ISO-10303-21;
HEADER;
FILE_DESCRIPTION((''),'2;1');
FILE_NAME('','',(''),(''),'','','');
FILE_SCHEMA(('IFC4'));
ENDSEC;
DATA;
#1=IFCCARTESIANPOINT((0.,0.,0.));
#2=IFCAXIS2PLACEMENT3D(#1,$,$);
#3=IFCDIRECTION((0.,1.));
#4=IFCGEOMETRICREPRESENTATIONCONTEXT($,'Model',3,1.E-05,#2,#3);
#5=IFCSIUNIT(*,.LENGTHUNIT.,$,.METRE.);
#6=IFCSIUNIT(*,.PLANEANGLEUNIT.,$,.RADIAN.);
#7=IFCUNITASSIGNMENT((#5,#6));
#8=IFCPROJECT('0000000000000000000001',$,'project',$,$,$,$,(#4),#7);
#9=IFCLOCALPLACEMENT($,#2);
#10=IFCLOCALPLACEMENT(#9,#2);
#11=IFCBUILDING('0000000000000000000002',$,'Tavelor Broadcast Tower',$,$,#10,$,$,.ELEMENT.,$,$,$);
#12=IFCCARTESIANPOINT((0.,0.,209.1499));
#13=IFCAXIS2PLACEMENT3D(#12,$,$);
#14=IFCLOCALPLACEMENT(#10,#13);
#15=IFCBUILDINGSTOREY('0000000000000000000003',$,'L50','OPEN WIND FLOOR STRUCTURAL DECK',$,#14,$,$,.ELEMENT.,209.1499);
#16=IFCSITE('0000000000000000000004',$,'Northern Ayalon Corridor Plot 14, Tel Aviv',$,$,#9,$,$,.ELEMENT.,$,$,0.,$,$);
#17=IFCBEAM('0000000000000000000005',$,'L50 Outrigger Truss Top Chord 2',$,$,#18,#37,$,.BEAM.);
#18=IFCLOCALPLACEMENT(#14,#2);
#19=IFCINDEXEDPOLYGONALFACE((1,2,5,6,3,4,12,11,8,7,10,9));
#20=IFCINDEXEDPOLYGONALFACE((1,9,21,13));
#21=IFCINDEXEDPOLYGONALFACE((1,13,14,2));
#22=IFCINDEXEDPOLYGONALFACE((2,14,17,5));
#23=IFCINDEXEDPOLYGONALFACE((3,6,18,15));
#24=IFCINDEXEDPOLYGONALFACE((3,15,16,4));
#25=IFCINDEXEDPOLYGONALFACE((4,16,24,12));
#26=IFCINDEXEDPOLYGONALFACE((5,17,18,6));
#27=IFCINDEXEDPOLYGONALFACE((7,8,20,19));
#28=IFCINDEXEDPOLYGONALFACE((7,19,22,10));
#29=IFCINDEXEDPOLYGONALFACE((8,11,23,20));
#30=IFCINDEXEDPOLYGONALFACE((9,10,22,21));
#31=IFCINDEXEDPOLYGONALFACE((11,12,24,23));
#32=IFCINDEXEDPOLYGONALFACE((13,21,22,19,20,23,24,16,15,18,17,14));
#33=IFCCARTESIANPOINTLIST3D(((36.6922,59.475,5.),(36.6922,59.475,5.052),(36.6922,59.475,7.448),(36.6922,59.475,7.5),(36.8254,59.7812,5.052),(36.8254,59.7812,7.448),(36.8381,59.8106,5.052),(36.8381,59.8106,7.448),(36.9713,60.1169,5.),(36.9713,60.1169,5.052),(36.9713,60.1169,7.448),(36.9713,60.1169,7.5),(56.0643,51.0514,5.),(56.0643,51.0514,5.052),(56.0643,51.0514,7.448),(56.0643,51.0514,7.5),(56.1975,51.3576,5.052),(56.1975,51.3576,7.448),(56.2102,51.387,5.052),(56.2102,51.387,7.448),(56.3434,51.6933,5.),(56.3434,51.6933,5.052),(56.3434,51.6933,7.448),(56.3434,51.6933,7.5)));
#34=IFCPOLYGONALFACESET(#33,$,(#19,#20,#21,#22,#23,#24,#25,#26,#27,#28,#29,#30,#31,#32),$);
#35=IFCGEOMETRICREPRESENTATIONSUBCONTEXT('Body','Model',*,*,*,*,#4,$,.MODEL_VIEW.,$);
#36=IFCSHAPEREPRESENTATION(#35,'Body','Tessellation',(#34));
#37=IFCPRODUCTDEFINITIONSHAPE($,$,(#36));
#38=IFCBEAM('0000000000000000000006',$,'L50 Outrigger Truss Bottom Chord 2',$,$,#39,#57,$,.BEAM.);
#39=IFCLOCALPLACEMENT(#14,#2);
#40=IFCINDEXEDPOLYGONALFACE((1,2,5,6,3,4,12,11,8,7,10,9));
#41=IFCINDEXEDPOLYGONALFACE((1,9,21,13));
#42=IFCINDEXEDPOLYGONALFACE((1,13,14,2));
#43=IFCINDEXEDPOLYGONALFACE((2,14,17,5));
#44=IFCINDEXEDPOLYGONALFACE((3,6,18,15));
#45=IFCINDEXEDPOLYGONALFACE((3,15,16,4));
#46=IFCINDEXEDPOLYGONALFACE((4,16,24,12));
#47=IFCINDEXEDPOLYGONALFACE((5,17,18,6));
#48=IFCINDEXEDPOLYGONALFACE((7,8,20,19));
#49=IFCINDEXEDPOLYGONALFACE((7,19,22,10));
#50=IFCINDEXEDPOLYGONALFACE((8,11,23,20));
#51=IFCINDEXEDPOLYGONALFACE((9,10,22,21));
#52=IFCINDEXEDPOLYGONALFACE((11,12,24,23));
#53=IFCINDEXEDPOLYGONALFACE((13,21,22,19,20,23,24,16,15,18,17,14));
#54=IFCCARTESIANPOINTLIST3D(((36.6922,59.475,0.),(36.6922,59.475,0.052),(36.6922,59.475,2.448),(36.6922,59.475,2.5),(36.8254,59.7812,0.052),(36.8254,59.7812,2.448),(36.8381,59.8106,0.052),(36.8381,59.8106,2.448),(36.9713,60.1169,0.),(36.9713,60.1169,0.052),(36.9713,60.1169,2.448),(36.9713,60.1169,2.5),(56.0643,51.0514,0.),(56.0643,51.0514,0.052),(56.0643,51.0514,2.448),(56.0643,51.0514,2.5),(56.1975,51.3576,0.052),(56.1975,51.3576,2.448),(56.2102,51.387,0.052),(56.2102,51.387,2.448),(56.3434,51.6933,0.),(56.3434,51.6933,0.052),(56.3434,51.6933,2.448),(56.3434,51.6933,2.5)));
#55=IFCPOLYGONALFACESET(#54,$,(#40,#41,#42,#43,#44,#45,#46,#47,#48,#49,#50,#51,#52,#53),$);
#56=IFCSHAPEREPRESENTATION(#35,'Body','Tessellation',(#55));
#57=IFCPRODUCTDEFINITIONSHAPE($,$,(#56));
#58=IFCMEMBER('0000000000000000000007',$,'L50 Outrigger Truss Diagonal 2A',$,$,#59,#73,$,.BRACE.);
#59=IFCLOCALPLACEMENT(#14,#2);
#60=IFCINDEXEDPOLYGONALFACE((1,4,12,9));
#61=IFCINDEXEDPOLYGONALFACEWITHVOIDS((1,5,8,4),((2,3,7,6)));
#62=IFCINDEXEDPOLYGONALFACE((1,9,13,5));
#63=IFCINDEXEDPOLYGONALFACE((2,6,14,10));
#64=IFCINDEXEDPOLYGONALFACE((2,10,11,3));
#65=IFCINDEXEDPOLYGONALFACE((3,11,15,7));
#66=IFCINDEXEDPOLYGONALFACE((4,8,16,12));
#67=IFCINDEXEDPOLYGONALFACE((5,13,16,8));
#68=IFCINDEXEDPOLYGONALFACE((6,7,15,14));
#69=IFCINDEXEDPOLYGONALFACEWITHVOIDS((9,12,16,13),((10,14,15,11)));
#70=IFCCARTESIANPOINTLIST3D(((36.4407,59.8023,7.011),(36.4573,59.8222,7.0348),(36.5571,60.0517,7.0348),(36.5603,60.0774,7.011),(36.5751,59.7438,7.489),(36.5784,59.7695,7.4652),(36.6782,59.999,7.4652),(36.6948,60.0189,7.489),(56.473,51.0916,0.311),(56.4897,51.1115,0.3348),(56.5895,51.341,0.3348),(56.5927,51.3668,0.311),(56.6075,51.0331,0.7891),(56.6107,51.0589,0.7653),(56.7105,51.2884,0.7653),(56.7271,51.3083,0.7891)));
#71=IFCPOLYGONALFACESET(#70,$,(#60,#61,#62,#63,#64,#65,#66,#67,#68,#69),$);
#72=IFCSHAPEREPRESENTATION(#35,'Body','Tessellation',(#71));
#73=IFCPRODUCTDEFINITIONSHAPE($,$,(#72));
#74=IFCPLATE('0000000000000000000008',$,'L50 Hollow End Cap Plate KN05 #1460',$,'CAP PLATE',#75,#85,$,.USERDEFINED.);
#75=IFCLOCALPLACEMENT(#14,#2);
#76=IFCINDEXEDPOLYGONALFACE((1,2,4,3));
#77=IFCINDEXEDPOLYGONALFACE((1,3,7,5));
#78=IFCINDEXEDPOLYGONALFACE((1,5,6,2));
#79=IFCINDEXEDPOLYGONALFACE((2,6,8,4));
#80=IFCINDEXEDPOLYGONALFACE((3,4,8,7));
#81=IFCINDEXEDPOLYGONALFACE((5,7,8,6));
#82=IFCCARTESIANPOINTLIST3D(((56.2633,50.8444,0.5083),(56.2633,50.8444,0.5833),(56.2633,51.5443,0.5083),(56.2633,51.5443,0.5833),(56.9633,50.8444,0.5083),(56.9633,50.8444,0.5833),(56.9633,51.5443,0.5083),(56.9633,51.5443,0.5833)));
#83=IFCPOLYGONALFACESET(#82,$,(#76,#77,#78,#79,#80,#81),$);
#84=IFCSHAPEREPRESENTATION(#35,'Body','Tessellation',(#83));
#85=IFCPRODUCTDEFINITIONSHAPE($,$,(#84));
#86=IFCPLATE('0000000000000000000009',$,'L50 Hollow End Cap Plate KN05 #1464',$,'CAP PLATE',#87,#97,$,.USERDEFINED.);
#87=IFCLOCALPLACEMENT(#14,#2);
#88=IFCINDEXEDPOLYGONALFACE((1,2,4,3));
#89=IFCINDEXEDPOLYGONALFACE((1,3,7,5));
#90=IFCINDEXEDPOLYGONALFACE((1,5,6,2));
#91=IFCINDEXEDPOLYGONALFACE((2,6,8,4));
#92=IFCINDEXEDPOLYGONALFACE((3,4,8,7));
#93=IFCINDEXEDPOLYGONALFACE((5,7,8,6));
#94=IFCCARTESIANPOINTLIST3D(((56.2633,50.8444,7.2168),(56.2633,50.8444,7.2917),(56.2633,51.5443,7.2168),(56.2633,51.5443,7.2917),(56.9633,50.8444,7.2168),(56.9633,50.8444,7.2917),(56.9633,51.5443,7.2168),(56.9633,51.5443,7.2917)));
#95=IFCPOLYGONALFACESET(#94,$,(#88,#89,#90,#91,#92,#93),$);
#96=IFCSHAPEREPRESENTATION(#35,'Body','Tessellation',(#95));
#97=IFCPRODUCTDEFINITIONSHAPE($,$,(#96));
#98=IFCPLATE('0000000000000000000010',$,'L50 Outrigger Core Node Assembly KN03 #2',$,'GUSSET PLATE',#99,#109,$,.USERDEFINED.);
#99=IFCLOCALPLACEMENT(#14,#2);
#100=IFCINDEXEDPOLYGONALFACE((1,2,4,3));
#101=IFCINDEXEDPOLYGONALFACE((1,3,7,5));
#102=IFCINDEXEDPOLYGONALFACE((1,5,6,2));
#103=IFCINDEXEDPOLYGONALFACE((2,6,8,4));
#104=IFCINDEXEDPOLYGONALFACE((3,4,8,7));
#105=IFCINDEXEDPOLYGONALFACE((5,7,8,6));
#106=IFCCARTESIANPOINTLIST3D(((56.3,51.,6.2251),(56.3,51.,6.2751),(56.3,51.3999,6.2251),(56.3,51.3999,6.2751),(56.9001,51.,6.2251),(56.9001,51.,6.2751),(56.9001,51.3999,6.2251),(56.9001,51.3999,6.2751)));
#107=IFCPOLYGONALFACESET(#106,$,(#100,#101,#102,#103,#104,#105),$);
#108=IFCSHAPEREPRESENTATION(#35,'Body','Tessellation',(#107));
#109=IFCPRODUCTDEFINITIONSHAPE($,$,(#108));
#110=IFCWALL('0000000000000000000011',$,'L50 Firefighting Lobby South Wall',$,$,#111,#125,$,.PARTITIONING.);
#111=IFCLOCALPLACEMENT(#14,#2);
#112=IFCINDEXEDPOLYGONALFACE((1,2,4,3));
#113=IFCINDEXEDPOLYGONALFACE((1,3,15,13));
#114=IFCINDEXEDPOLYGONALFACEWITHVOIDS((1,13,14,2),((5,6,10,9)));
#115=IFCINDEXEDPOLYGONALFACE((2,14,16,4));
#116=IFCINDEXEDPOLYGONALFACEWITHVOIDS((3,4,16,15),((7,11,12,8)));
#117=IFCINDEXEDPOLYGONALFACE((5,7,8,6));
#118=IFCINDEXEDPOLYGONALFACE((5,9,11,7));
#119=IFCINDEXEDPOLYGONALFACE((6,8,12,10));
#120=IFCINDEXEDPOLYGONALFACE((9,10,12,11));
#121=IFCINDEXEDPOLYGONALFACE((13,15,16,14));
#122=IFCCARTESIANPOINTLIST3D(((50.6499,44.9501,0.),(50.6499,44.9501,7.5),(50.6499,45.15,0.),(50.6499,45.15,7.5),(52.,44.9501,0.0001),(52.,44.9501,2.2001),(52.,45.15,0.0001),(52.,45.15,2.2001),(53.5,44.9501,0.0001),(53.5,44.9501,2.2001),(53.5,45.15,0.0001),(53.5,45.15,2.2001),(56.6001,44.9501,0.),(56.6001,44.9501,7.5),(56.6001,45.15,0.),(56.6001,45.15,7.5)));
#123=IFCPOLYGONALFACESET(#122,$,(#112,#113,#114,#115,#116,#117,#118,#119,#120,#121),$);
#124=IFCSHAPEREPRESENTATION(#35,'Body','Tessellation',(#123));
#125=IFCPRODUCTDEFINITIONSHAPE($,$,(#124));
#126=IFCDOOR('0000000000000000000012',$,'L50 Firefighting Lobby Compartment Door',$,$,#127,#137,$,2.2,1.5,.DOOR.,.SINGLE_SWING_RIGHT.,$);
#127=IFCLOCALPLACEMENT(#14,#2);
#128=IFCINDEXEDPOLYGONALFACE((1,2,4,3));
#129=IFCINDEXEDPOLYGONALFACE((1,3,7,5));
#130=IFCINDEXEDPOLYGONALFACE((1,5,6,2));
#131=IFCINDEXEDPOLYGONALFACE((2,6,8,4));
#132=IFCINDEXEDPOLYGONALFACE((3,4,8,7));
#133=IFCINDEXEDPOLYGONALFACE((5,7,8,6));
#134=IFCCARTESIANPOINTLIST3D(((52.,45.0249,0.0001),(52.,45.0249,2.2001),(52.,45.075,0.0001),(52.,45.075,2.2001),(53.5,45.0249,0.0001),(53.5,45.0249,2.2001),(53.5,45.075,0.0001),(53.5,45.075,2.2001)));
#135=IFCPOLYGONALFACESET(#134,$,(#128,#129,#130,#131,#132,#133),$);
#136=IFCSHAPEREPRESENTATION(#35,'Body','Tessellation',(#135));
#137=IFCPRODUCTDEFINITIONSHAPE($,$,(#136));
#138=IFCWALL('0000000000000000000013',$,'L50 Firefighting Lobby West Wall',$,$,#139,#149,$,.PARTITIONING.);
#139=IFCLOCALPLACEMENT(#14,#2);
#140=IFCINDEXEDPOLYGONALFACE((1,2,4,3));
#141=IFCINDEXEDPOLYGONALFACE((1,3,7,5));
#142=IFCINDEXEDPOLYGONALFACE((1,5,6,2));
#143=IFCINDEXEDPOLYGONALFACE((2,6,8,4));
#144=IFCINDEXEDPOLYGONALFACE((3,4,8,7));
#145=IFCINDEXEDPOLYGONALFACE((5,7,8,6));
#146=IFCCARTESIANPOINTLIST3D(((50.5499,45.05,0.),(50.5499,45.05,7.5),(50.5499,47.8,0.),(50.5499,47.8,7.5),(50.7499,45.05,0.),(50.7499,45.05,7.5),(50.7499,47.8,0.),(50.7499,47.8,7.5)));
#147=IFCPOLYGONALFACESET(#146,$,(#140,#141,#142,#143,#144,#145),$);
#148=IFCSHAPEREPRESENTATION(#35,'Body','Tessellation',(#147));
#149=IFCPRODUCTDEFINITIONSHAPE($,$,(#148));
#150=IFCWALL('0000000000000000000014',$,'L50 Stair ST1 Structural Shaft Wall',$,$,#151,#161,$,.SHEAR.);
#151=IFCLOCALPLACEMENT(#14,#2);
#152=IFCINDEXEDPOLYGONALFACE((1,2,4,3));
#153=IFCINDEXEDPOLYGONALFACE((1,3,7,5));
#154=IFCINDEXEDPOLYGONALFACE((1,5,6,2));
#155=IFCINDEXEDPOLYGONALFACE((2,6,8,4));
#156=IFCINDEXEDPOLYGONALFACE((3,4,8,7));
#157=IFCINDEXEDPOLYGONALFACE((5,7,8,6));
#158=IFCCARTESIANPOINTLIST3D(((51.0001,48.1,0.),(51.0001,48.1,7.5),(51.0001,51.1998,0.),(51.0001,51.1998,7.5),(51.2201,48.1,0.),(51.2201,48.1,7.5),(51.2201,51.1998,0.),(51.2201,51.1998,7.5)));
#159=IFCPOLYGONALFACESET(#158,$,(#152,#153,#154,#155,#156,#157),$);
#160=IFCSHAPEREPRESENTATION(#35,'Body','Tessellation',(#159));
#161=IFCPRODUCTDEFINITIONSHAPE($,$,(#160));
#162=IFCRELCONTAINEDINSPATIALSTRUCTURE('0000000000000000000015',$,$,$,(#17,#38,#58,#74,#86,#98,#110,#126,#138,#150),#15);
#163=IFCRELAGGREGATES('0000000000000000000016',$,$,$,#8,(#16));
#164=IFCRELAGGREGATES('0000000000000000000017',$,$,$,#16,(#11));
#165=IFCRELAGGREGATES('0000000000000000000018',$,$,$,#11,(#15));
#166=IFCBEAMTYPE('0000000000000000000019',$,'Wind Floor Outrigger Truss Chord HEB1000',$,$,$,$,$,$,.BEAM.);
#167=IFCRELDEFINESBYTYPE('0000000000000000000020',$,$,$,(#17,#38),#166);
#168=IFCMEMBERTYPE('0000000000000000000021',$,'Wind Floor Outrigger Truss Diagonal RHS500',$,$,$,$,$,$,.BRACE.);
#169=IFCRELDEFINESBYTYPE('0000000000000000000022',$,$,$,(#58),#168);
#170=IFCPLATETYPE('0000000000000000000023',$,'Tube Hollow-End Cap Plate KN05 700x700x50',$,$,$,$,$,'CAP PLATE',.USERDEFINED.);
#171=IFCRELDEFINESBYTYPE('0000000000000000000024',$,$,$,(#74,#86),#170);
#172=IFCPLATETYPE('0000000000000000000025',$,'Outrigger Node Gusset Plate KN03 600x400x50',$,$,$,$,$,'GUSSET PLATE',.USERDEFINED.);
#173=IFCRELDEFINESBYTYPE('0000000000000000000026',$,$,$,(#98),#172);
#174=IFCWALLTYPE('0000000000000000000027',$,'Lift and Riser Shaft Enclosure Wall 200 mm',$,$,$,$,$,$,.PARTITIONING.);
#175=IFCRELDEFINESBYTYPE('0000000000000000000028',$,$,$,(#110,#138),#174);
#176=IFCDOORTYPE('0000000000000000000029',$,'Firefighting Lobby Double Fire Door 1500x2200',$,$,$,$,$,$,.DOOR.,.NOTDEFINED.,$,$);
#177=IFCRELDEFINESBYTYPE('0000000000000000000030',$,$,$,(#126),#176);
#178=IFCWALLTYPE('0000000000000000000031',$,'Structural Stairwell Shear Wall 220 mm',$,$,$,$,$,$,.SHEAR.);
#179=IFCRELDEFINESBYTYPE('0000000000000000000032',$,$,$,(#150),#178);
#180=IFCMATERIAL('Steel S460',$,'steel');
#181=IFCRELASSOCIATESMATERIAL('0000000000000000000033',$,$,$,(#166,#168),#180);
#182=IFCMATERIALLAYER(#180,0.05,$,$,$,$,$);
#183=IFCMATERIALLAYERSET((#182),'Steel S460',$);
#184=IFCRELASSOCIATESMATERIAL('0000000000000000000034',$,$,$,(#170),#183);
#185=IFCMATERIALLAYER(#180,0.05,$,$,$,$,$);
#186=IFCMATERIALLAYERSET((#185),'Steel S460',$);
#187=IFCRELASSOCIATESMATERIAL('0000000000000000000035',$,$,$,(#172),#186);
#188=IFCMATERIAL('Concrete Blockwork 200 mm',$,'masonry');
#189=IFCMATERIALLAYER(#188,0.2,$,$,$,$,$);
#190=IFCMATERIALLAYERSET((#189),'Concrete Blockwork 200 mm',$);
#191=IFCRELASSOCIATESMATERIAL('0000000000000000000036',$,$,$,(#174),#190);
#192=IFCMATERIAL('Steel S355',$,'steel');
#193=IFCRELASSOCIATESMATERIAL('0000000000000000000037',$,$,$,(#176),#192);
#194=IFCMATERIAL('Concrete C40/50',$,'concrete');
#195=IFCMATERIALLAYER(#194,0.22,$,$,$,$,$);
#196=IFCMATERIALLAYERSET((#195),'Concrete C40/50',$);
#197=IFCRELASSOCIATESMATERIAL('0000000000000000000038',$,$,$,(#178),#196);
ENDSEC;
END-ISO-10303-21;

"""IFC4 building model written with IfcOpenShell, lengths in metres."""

from ifc_helpers import new_model, si_unit, direction, frame, frame_2d, origin, origin_2d, place, context, subcontext, project, spatial, rectangle, hollow_rectangle, i_section, extrude, source, transform, mapped, material, layer, layer_set, material_profile, profile_set, type_object, type_shapes, element, fill, save


model = new_model("IFC4")

# Units and contexts
model_context = context("Model", 3, precision=1e-05, world=origin(), true_north=direction((0.0, 1.0)))
body_context = subcontext(model_context, "Body", "Model", "MODEL_VIEW")
ifc_project = project(units=[si_unit("LENGTHUNIT", "METRE"), si_unit("PLANEANGLEUNIT", "RADIAN")], contexts=[model_context])

# Site, building, storey
site_placement = place(None, origin())
site = spatial("IfcSite", under=ifc_project, at=site_placement, Name="Northern Ayalon Corridor Plot 14, Tel Aviv", CompositionType="ELEMENT", RefElevation=0.0)
building_placement = place(site_placement, origin())
building = spatial("IfcBuilding", under=site, at=building_placement, Name="Tavelor Broadcast Tower", CompositionType="ELEMENT")
storey_placement = place(building_placement, frame((0.0, 0.0, 209.1499)))
storey = spatial("IfcBuildingStorey", under=building, at=storey_placement, Name="L50", Description="OPEN WIND FLOOR STRUCTURAL DECK", CompositionType="ELEMENT", Elevation=209.1499)

# Beams
ifc_material_1 = material(Name="Concrete C40/50", Category="concrete")
ifc_material_2 = material(Name="Steel S460", Category="steel")
ifc_material_3 = material(Name="Steel S355", Category="steel")
ifc_material_profile_1 = material_profile(ifc_material_2, i_section(OverallWidth=0.7, OverallDepth=2.5, WebThickness=0.032, FlangeThickness=0.052, at=origin_2d()), Name="PG 2500x700")
ifc_profile_set_1 = profile_set([ifc_material_profile_1], Name="Steel S460")
beam_type_1 = type_object("IfcBeamType", Name="Wind Floor Outrigger Truss Chord HEB1000", PredefinedType="BEAM", material=ifc_profile_set_1)
for number, where, z_axis, x_axis, name in (
    (1, (56.2039, 51.3723, 6.25), (-0.917054, 0.398764, 0.0), (-0.398764, -0.917054, 0.0), "L50 Outrigger Truss Top Chord 2"),
    (2, (56.2039, 51.3723, 1.25), (-0.917054, 0.398764, 0.0), (-0.398764, -0.917054, 0.0), "L50 Outrigger Truss Bottom Chord 2"),
):
    element("IfcBeam", number, at=place(storey_placement, frame(where, z_axis=z_axis, x_axis=x_axis)), inside=storey, type_object=beam_type_1, Name=name, PredefinedType="BEAM", context=body_context, shape_type="SweptSolid", body=[
        extrude(i_section(OverallWidth=0.7, OverallDepth=2.5, WebThickness=0.032, FlangeThickness=0.052, at=origin_2d()), origin(), (0.0, 0.0, 1.0), 21.1243),
    ])

# Member
ifc_material_profile_2 = material_profile(ifc_material_2, hollow_rectangle(XDim=0.3, YDim=0.5, WallThickness=0.0249, at=origin_2d()), Name="RHS 500x300x25")
ifc_profile_set_2 = profile_set([ifc_material_profile_2], Name="Steel S460")
member_type = type_object("IfcMemberType", Name="Wind Floor Outrigger Truss Diagonal RHS500", PredefinedType="BRACE", material=ifc_profile_set_2)
member_placement = place(storey_placement, frame((56.6001, 51.2, 0.55), z_axis=(-0.876742, 0.381233, 0.293231), x_axis=(-0.398762, -0.917055, 0.0)))
element("IfcMember", 3, at=member_placement, inside=storey, type_object=member_type, Name="L50 Outrigger Truss Diagonal 2A", PredefinedType="BRACE", context=body_context, shape_type="SweptSolid", body=[
    extrude(hollow_rectangle(XDim=0.3, YDim=0.5, WallThickness=0.0249, at=origin_2d()), origin(), (0.0, 0.0, 1.0), 22.8486),
])

# Plates
ifc_layer_1 = layer(ifc_material_2, 0.05)
ifc_layer_set_1 = layer_set([ifc_layer_1], Name="Steel S460")
plate_type_1 = type_object("IfcPlateType", Name="Tube Hollow-End Cap Plate KN05 700x700x50", ElementType="CAP PLATE", PredefinedType="USERDEFINED", material=ifc_layer_set_1)
shared_shape_1 = source(origin(), body_context, "Body", "SweptSolid", [
    extrude(rectangle(XDim=0.7, YDim=0.7, at=origin_2d()), origin(), (0.0, 0.0, 1.0), 0.075),
])
type_shapes(plate_type_1, [shared_shape_1])
for number, where, z_axis, x_axis, name in (
    (4, (56.6133, 51.1943, 0.5083), (0.0, 0.0, 1.0), (1.0, 0.0, 0.0), "L50 Hollow End Cap Plate KN05 #1460"),
    (5, (56.6133, 51.1943, 7.2168), (0.0, 0.0, 1.0), (1.0, 0.0, 0.0), "L50 Hollow End Cap Plate KN05 #1464"),
):
    element("IfcPlate", number, at=place(storey_placement, frame(where, z_axis=z_axis, x_axis=x_axis)), inside=storey, type_object=plate_type_1, Name=name, ObjectType="CAP PLATE", PredefinedType="USERDEFINED", context=body_context, shape_type="MappedRepresentation", body=[
        mapped(shared_shape_1, transform((0.0, 0.0, 0.0), scale=1.0)),
    ])
ifc_layer_2 = layer(ifc_material_2, 0.05)
ifc_layer_set_2 = layer_set([ifc_layer_2], Name="Steel S460")
plate_type_2 = type_object("IfcPlateType", Name="Outrigger Node Gusset Plate KN03 600x400x50", ElementType="GUSSET PLATE", PredefinedType="USERDEFINED", material=ifc_layer_set_2)
shared_shape_2 = source(origin(), body_context, "Body", "SweptSolid", [
    extrude(rectangle(XDim=0.6001, YDim=0.3999, at=origin_2d()), origin(), (0.0, 0.0, 1.0), 0.05),
])
type_shapes(plate_type_2, [shared_shape_2])
plate_placement = place(storey_placement, frame((56.6001, 51.2, 6.2251), z_axis=(0.0, 0.0, 1.0), x_axis=(1.0, 0.0, 0.0)))
element("IfcPlate", 6, at=plate_placement, inside=storey, type_object=plate_type_2, Name="L50 Outrigger Core Node Assembly KN03 #2", ObjectType="GUSSET PLATE", PredefinedType="USERDEFINED", context=body_context, shape_type="MappedRepresentation", body=[
    mapped(shared_shape_2, transform((0.0, 0.0, 0.0), scale=1.0)),
])

# Wall, opening, door
ifc_material_4 = material(Name="Concrete Blockwork 200 mm", Category="masonry")
ifc_layer_3 = layer(ifc_material_4, 0.2)
ifc_layer_set_3 = layer_set([ifc_layer_3], Name="Concrete Blockwork 200 mm")
wall_type_1 = type_object("IfcWallType", Name="Lift and Riser Shaft Enclosure Wall 200 mm", PredefinedType="PARTITIONING", material=ifc_layer_set_3)
wall_1_placement = place(storey_placement, frame((50.6499, 45.05, 0.0), z_axis=(0.0, 0.0, 1.0), x_axis=(1.0, 0.0, 0.0)))
wall_1 = element("IfcWall", 7, at=wall_1_placement, inside=storey, type_object=wall_type_1, Name="L50 Firefighting Lobby South Wall", PredefinedType="PARTITIONING", context=body_context, shape_type="SweptSolid", body=[
    extrude(rectangle(XDim=5.9502, YDim=0.2, at=frame_2d((2.9751, 0.0))), origin(), (0.0, 0.0, 1.0), 7.5),
])
opening_placement = place(wall_1_placement, frame((1.3501, 0.0, 0.0)))
opening = element("IfcOpeningElement", 8, at=opening_placement, cuts=wall_1, PredefinedType="OPENING", context=body_context, shape_type="SweptSolid", body=[
    extrude(rectangle(XDim=1.5, YDim=2.2, at=frame_2d((0.75, 1.1001))), frame((0.0, 0.1099, 0.0), z_axis=(0.0, -1.0, 0.0), x_axis=(1.0, 0.0, 0.0)), (0.0, 0.0, 1.0), 0.22),
])
door_type = type_object("IfcDoorType", Name="Firefighting Lobby Double Fire Door 1500x2200", OperationType="NOTDEFINED", PredefinedType="DOOR", material=ifc_material_3)
door_placement = place(opening_placement, origin())
door = element("IfcDoor", 9, at=door_placement, inside=storey, type_object=door_type, Name="L50 Firefighting Lobby Compartment Door", OperationType="SINGLE_SWING_RIGHT", OverallHeight=2.2, OverallWidth=1.5, PredefinedType="DOOR", context=body_context, shape_type="SweptSolid", body=[
    extrude(rectangle(XDim=1.5, YDim=2.2, at=frame_2d((0.75, 1.1001))), frame((0.0, 0.0249, 0.0), z_axis=(0.0, -1.0, 0.0), x_axis=(1.0, 0.0, 0.0)), (0.0, 0.0, 1.0), 0.05),
])
fill(opening, door)

# Walls
wall_2_placement = place(storey_placement, frame((50.6499, 45.05, 0.0), z_axis=(0.0, 0.0, 1.0), x_axis=(0.0, 1.0, 0.0)))
element("IfcWall", 10, at=wall_2_placement, inside=storey, type_object=wall_type_1, Name="L50 Firefighting Lobby West Wall", PredefinedType="PARTITIONING", context=body_context, shape_type="SweptSolid", body=[
    extrude(rectangle(XDim=2.75, YDim=0.2, at=frame_2d((1.375, 0.0))), origin(), (0.0, 0.0, 1.0), 7.5),
])
ifc_layer_4 = layer(ifc_material_1, 0.22)
ifc_layer_set_4 = layer_set([ifc_layer_4], Name="Concrete C40/50")
wall_type_2 = type_object("IfcWallType", Name="Structural Stairwell Shear Wall 220 mm", PredefinedType="SHEAR", material=ifc_layer_set_4)
wall_3_placement = place(storey_placement, frame((51.1101, 48.1001, 0.0), z_axis=(0.0, 0.0, 1.0), x_axis=(0.0, 1.0, 0.0)))
element("IfcWall", 11, at=wall_3_placement, inside=storey, type_object=wall_type_2, Name="L50 Stair ST1 Structural Shaft Wall", PredefinedType="SHEAR", context=body_context, shape_type="SweptSolid", body=[
    extrude(rectangle(XDim=3.0999, YDim=0.22, at=frame_2d((1.5498, 0.0))), origin(), (0.0, 0.0, 1.0), 7.5),
])

save(model, "model.ifc")
